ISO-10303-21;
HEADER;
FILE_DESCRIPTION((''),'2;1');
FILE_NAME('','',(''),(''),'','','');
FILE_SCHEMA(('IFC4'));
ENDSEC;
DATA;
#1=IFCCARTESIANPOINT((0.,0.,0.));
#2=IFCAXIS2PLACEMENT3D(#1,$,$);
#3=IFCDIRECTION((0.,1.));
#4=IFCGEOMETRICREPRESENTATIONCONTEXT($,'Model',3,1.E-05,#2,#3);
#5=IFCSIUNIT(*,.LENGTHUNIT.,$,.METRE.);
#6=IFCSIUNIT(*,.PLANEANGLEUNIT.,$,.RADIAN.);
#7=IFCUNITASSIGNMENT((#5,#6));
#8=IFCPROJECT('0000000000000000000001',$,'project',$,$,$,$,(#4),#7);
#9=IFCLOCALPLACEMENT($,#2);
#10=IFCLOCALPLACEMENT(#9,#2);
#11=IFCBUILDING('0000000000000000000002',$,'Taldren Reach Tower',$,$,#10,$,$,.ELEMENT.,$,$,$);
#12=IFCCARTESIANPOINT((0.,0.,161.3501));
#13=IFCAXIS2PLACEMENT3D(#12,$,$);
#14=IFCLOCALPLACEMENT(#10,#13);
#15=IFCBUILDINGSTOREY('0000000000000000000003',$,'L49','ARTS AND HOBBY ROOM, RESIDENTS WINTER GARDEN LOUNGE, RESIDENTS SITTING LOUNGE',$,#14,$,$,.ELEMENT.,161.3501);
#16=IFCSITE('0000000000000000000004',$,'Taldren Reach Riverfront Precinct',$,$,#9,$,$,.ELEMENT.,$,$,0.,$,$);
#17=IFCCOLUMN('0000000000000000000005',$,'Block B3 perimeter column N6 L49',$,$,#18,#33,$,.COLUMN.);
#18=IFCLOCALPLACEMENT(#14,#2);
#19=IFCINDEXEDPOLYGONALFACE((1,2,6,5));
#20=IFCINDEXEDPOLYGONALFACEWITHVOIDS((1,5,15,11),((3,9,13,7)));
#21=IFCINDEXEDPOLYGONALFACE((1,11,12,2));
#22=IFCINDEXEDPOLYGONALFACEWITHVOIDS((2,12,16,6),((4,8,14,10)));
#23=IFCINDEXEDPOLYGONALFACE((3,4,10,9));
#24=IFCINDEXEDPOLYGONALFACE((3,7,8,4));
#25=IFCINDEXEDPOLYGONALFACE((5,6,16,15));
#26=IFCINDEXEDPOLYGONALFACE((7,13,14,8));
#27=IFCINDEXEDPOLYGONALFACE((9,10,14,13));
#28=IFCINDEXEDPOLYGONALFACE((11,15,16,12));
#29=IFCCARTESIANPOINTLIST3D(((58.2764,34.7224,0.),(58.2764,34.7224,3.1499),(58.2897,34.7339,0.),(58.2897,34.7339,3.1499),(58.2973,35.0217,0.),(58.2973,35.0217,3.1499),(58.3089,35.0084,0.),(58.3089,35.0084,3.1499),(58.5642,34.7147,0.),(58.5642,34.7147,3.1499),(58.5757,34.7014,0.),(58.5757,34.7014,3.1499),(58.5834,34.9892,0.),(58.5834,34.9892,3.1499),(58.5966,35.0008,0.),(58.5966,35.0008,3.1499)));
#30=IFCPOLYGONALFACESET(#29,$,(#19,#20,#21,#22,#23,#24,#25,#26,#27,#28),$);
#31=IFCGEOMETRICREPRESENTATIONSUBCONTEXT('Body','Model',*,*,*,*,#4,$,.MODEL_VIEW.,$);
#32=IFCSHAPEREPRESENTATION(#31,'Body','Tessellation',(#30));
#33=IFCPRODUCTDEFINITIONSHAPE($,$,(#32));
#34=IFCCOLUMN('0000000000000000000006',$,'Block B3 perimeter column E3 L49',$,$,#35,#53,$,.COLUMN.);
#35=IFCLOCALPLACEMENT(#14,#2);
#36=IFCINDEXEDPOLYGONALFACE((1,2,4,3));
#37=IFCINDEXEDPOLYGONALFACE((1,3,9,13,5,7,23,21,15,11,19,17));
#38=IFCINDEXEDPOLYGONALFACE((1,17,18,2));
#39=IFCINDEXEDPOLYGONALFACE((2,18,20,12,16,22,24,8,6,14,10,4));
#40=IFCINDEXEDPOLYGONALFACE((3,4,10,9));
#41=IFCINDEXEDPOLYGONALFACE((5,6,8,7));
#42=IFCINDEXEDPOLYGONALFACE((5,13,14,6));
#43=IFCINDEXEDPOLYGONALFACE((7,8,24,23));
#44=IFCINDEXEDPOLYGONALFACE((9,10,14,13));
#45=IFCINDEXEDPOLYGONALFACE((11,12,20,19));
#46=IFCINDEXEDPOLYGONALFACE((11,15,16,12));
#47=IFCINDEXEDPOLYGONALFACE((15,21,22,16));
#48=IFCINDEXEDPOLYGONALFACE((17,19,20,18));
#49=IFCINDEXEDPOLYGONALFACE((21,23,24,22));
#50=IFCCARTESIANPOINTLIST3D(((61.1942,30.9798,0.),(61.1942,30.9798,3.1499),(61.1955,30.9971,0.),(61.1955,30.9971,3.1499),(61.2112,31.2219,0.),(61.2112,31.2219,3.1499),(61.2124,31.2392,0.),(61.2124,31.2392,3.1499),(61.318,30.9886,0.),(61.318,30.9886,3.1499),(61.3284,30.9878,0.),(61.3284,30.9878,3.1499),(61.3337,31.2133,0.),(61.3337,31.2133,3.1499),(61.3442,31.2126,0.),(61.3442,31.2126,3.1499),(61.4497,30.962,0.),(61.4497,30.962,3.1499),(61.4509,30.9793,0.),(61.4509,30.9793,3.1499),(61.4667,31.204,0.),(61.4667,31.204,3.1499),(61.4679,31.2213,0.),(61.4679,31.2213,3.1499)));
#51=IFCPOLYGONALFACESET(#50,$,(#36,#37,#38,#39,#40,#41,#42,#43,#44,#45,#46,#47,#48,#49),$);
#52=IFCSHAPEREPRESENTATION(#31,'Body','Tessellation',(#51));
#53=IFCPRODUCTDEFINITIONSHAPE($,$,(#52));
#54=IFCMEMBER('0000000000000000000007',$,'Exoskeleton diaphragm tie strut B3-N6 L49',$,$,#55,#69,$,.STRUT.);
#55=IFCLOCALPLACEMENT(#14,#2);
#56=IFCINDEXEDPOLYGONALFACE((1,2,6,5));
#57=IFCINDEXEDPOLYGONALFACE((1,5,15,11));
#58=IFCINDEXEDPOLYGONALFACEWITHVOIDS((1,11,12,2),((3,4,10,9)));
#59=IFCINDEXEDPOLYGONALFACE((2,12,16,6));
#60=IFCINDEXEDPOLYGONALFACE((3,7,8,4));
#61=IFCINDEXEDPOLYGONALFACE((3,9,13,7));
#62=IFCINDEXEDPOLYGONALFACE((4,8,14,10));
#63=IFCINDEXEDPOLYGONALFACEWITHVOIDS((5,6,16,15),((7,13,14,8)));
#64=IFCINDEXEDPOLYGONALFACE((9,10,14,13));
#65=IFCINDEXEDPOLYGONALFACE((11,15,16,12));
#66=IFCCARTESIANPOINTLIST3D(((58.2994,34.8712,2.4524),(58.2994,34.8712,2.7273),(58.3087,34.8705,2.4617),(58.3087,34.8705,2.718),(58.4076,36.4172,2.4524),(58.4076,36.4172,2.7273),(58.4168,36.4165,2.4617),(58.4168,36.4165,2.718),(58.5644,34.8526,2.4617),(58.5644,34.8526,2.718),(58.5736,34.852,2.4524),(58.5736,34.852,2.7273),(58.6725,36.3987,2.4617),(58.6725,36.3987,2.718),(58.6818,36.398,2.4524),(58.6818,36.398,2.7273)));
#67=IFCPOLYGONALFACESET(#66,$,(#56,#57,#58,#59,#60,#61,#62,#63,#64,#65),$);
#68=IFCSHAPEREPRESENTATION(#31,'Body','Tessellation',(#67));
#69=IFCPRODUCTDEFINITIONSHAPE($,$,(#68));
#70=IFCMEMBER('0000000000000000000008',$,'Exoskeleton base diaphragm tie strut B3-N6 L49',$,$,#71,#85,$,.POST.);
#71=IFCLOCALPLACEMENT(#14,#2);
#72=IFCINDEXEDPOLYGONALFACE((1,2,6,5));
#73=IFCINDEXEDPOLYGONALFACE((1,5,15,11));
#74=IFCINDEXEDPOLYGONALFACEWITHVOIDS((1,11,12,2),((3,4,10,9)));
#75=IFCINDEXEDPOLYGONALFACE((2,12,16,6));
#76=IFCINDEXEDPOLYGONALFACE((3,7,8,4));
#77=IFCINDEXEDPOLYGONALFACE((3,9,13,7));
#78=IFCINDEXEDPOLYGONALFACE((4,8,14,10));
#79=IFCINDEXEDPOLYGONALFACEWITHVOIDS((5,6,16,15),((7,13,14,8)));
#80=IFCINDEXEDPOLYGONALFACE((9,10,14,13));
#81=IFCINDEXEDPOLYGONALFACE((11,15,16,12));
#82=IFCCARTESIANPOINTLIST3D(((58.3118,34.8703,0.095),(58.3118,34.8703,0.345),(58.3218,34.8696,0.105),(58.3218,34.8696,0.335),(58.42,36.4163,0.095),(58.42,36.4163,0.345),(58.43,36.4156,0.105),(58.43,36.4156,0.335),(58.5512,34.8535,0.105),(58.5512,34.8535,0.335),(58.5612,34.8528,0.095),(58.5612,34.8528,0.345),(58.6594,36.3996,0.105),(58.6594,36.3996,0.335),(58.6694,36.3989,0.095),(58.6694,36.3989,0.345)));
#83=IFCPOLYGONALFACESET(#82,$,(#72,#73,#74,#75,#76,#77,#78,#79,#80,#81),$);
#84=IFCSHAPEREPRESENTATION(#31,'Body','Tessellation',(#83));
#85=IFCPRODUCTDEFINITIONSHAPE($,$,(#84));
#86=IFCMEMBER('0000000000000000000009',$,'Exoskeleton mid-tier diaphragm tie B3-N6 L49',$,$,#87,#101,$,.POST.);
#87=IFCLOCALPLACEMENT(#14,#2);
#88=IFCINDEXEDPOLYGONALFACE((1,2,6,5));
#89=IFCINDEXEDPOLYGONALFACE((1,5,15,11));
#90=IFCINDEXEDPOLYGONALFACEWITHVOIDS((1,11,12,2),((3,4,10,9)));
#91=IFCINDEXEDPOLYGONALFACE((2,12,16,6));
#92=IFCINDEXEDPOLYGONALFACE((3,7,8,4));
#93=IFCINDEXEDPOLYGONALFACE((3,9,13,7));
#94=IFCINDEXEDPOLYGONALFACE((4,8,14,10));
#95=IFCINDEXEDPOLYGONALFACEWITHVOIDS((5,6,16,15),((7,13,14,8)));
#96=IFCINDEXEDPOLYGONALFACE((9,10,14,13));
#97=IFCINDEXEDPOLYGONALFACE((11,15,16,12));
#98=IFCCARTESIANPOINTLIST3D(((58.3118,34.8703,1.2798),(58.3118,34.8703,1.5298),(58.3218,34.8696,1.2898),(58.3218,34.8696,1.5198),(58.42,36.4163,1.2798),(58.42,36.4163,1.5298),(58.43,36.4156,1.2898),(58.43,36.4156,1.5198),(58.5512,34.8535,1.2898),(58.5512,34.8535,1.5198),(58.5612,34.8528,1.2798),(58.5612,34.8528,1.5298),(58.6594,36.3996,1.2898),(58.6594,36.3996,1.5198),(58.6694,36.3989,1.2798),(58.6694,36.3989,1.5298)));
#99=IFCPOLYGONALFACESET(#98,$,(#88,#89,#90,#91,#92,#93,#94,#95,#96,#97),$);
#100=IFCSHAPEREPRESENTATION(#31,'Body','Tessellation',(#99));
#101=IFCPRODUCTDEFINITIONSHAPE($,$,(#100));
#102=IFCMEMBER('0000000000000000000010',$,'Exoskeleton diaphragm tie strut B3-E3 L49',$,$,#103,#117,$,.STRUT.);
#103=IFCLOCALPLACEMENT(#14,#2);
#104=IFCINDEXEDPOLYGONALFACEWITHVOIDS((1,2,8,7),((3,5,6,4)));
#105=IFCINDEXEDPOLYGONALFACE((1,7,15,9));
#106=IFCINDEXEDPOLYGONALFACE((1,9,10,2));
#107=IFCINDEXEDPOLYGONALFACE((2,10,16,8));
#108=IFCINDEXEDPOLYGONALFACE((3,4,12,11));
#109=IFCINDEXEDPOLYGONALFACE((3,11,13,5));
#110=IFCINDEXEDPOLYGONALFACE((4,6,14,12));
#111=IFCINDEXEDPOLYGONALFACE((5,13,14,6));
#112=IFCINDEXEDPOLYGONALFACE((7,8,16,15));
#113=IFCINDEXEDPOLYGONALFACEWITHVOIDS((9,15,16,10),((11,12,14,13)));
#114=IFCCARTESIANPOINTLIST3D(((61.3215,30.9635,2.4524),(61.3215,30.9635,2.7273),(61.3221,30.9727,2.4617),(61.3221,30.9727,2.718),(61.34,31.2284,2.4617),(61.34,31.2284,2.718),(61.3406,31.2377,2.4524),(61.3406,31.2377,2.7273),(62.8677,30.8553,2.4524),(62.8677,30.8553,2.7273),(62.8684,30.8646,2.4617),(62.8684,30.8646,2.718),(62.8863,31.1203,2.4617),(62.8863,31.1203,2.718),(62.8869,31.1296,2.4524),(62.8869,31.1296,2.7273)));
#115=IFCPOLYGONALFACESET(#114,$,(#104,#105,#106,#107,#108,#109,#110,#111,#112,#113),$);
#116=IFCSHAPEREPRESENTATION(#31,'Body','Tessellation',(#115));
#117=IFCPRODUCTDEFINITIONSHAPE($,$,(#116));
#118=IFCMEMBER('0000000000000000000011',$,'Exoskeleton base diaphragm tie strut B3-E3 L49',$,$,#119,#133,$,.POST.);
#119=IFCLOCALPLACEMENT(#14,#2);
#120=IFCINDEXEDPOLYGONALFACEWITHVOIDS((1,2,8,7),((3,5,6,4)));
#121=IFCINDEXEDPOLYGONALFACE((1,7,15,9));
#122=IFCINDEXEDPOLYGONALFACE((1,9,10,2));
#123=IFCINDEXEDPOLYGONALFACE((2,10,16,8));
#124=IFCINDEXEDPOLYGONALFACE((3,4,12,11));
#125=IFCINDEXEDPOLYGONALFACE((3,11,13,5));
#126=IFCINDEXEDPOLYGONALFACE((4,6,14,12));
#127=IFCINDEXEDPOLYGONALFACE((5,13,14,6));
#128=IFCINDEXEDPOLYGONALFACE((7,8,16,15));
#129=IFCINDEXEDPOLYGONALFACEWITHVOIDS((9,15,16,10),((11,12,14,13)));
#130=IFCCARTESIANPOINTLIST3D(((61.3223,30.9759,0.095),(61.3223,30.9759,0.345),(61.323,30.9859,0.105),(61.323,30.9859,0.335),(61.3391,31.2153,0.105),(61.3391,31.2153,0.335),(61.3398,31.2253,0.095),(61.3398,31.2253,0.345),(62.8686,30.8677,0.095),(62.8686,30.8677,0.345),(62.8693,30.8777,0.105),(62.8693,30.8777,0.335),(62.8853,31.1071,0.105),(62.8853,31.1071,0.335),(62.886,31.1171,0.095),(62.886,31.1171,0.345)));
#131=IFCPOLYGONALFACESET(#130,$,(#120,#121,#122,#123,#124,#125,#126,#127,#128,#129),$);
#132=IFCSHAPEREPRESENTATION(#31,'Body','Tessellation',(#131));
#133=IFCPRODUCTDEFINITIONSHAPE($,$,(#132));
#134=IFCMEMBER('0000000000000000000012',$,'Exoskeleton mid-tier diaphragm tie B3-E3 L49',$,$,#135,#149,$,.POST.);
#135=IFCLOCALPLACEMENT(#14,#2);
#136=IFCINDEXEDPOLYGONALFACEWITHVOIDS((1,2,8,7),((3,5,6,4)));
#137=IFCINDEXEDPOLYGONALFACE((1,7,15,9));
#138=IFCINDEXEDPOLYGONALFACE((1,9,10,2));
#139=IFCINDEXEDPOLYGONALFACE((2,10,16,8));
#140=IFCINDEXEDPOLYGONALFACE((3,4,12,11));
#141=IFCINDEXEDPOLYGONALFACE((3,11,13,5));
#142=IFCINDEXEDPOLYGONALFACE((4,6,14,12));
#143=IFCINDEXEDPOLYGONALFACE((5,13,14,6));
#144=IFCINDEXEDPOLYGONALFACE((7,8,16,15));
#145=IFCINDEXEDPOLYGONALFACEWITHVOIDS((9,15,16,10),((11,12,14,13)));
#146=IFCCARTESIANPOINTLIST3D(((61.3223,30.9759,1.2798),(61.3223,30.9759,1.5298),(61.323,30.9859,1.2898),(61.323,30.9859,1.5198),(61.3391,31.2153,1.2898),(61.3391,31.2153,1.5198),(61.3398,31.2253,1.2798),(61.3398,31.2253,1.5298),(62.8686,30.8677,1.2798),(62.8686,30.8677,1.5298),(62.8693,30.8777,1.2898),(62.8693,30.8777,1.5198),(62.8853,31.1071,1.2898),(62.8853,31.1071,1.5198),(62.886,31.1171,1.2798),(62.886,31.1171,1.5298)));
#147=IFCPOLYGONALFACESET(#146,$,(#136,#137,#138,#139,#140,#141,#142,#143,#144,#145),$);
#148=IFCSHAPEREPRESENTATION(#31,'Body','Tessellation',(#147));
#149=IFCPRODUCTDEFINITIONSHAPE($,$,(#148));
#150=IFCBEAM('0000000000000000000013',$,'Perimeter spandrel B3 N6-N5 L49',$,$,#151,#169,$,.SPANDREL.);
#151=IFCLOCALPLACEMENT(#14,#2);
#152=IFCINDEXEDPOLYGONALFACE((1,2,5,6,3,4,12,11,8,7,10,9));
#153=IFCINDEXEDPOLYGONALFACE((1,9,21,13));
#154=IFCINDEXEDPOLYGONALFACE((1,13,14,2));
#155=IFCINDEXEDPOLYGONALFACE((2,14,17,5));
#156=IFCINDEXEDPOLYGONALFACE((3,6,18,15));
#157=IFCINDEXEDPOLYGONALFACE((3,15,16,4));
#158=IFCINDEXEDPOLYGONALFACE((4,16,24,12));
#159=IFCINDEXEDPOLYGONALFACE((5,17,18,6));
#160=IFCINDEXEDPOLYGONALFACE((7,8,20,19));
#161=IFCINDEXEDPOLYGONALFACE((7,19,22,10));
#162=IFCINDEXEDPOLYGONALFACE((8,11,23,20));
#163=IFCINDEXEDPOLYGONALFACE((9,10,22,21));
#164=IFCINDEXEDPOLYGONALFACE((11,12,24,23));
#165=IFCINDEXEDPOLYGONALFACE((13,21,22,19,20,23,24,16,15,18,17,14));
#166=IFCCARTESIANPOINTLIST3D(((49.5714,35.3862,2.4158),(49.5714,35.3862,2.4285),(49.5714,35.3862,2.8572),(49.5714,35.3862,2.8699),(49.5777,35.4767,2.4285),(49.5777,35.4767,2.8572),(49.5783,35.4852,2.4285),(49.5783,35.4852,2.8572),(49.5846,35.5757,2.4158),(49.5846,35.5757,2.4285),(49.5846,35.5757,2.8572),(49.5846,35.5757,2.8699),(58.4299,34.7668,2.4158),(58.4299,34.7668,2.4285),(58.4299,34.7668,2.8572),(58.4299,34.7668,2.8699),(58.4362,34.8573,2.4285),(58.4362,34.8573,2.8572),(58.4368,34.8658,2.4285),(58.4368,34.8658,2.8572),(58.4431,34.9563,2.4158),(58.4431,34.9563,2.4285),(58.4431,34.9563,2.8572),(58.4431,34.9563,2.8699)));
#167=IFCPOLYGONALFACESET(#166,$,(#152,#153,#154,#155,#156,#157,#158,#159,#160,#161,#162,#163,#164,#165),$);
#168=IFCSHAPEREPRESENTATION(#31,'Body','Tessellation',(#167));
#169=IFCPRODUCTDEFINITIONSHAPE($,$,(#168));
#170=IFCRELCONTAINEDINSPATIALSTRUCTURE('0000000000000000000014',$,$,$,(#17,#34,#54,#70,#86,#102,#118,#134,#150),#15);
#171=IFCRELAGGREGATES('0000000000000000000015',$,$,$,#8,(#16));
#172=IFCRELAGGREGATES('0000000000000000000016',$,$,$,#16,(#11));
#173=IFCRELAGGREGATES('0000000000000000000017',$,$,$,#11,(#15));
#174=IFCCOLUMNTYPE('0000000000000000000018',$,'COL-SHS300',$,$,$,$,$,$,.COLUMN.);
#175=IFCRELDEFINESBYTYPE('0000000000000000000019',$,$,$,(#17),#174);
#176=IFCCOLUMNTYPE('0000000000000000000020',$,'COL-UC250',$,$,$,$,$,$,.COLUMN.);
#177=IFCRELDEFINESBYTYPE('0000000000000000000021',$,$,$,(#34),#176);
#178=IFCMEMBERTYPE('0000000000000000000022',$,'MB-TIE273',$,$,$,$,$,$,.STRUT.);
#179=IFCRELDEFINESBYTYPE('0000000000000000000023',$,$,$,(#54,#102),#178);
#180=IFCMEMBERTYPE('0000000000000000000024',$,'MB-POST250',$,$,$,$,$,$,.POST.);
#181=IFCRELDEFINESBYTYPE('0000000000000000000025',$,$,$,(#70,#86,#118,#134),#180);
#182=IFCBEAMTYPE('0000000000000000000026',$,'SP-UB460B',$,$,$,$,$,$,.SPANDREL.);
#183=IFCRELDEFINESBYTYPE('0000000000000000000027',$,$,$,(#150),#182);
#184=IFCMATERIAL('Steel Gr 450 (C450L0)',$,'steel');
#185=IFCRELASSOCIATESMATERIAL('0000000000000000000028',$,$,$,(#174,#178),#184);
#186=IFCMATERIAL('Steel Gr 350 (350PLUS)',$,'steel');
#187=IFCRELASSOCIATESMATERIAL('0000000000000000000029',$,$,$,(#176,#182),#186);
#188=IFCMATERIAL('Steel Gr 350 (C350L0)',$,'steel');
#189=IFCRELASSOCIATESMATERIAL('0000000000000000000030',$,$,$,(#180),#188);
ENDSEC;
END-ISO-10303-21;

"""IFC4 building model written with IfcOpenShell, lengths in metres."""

from ifc_helpers import new_model, si_unit, direction, frame, origin, origin_2d, place, context, subcontext, project, spatial, hollow_rectangle, i_section, extrude, source, transform, mapped, material, material_profile, profile_set, type_object, element, save


model = new_model("IFC4")

# Units and contexts
model_context = context("Model", 3, precision=1e-05, world=origin(), true_north=direction((0.0, 1.0)))
body_context = subcontext(model_context, "Body", "Model", "MODEL_VIEW")
ifc_project = project(units=[si_unit("LENGTHUNIT", "METRE"), si_unit("PLANEANGLEUNIT", "RADIAN")], contexts=[model_context])

# Site, building, storey
site_placement = place(None, origin())
site = spatial("IfcSite", under=ifc_project, at=site_placement, Name="Taldren Reach Riverfront Precinct", CompositionType="ELEMENT", RefElevation=0.0)
building_placement = place(site_placement, origin())
building = spatial("IfcBuilding", under=site, at=building_placement, Name="Taldren Reach Tower", CompositionType="ELEMENT")
storey_placement = place(building_placement, frame((0.0, 0.0, 161.3501)))
storey = spatial("IfcBuildingStorey", under=building, at=storey_placement, Name="L49", Description="ARTS AND HOBBY ROOM, RESIDENTS WINTER GARDEN LOUNGE, RESIDENTS SITTING LOUNGE", CompositionType="ELEMENT", Elevation=161.3501)

# Columns
ifc_material_1 = material(Name="Steel Gr 450 (C450L0)", Category="steel")
ifc_material_profile_1 = material_profile(ifc_material_1, hollow_rectangle(XDim=0.3, YDim=0.3, WallThickness=0.0125, at=origin_2d()), Name="300x300x12.5SHS")
ifc_profile_set_1 = profile_set([ifc_material_profile_1], Name="Steel Gr 450 (C450L0)")
column_type_1 = type_object("IfcColumnType", Name="COL-SHS300", PredefinedType="COLUMN", material=ifc_profile_set_1)
shared_shape_1 = source(origin(), body_context, "Body", "SweptSolid", [
    extrude(hollow_rectangle(XDim=0.3, YDim=0.3, WallThickness=0.0125, at=origin_2d()), origin(), (0.0, 0.0, 1.0), 3.1499),
])
column_1_placement = place(storey_placement, frame((58.4365, 34.8616, 0.0), z_axis=(0.0, 0.0, 1.0), x_axis=(0.997564, -0.069756, 0.0)))
element("IfcColumn", 1, at=column_1_placement, inside=storey, type_object=column_type_1, Name="Block B3 perimeter column N6 L49", PredefinedType="COLUMN", context=body_context, shape_type="MappedRepresentation", body=[
    mapped(shared_shape_1, transform((0.0, 0.0, 0.0), scale=1.0)),
])
ifc_material_2 = material(Name="Steel Gr 350 (350PLUS)", Category="steel")
ifc_material_profile_2 = material_profile(ifc_material_2, i_section(OverallWidth=0.2561, OverallDepth=0.26, WebThickness=0.0105, FlangeThickness=0.0173, at=origin_2d()), Name="250UC89.5")
ifc_profile_set_2 = profile_set([ifc_material_profile_2], Name="Steel Gr 350 (350PLUS)")
column_type_2 = type_object("IfcColumnType", Name="COL-UC250", PredefinedType="COLUMN", material=ifc_profile_set_2)
shared_shape_2 = source(origin(), body_context, "Body", "SweptSolid", [
    extrude(i_section(OverallWidth=0.2561, OverallDepth=0.26, WebThickness=0.0105, FlangeThickness=0.0173, at=origin_2d()), origin(), (0.0, 0.0, 1.0), 3.1499),
])
column_2_placement = place(storey_placement, frame((61.3311, 31.1006, 0.0), z_axis=(0.0, 0.0, 1.0), x_axis=(0.997564, -0.069756, 0.0)))
element("IfcColumn", 2, at=column_2_placement, inside=storey, type_object=column_type_2, Name="Block B3 perimeter column E3 L49", PredefinedType="COLUMN", context=body_context, shape_type="MappedRepresentation", body=[
    mapped(shared_shape_2, transform((0.0, 0.0, 0.0), scale=1.0)),
])

# Members
ifc_material_profile_3 = material_profile(ifc_material_1, hollow_rectangle(XDim=0.2749, YDim=0.2749, WallThickness=0.0093, at=origin_2d()), Name="275x275x9.3SHS")
ifc_profile_set_3 = profile_set([ifc_material_profile_3], Name="Steel Gr 450 (C450L0)")
member_type_1 = type_object("IfcMemberType", Name="MB-TIE273", PredefinedType="STRUT", material=ifc_profile_set_3)
shared_shape_3 = source(origin(), body_context, "Body", "SweptSolid", [
    extrude(hollow_rectangle(XDim=0.2749, YDim=0.2749, WallThickness=0.0093, at=origin_2d()), origin(), (0.0, 0.0, 1.0), 1.5498),
])
member_1_placement = place(storey_placement, frame((58.4365, 34.8616, 2.5898), z_axis=(0.069781, 0.997562, 0.0), x_axis=(-0.997562, 0.069781, 0.0)))
element("IfcMember", 3, at=member_1_placement, inside=storey, type_object=member_type_1, Name="Exoskeleton diaphragm tie strut B3-N6 L49", PredefinedType="STRUT", context=body_context, shape_type="MappedRepresentation", body=[
    mapped(shared_shape_3, transform((0.0, 0.0, 0.0), scale=1.0)),
])
ifc_material_3 = material(Name="Steel Gr 350 (C350L0)", Category="steel")
ifc_material_profile_4 = material_profile(ifc_material_3, hollow_rectangle(XDim=0.25, YDim=0.25, WallThickness=0.01, at=origin_2d()), Name="250x250x10.0SHS")
ifc_profile_set_4 = profile_set([ifc_material_profile_4], Name="Steel Gr 350 (C350L0)")
member_type_2 = type_object("IfcMemberType", Name="MB-POST250", PredefinedType="POST", material=ifc_profile_set_4)
shared_shape_4 = source(origin(), body_context, "Body", "SweptSolid", [
    extrude(hollow_rectangle(XDim=0.25, YDim=0.25, WallThickness=0.01, at=origin_2d()), origin(), (0.0, 0.0, 1.0), 1.5498),
])
for number, where, z_axis, x_axis, name in (
    (4, (58.4365, 34.8616, 0.22), (0.069781, 0.997562, 0.0), (-0.997562, 0.069781, 0.0), "Exoskeleton base diaphragm tie strut B3-N6 L49"),
    (5, (58.4365, 34.8616, 1.4048), (0.069781, 0.997562, 0.0), (-0.997562, 0.069781, 0.0), "Exoskeleton mid-tier diaphragm tie B3-N6 L49"),
):
    element("IfcMember", number, at=place(storey_placement, frame(where, z_axis=z_axis, x_axis=x_axis)), inside=storey, type_object=member_type_2, Name=name, PredefinedType="POST", context=body_context, shape_type="MappedRepresentation", body=[
        mapped(shared_shape_4, transform((0.0, 0.0, 0.0), scale=1.0)),
    ])
shared_shape_5 = source(origin(), body_context, "Body", "SweptSolid", [
    extrude(hollow_rectangle(XDim=0.2749, YDim=0.2749, WallThickness=0.0093, at=origin_2d()), origin(), (0.0, 0.0, 1.0), 1.55),
])
member_2_placement = place(storey_placement, frame((61.3311, 31.1006, 2.5898), z_axis=(0.997563, -0.06977, 0.0), x_axis=(0.06977, 0.997563, 0.0)))
element("IfcMember", 6, at=member_2_placement, inside=storey, type_object=member_type_1, Name="Exoskeleton diaphragm tie strut B3-E3 L49", PredefinedType="STRUT", context=body_context, shape_type="MappedRepresentation", body=[
    mapped(shared_shape_5, transform((0.0, 0.0, 0.0), scale=1.0)),
])
shared_shape_6 = source(origin(), body_context, "Body", "SweptSolid", [
    extrude(hollow_rectangle(XDim=0.25, YDim=0.25, WallThickness=0.01, at=origin_2d()), origin(), (0.0, 0.0, 1.0), 1.55),
])
for number, where, z_axis, x_axis, name in (
    (7, (61.3311, 31.1006, 0.22), (0.997563, -0.06977, 0.0), (0.06977, 0.997563, 0.0), "Exoskeleton base diaphragm tie strut B3-E3 L49"),
    (8, (61.3311, 31.1006, 1.4048), (0.997563, -0.06977, 0.0), (0.06977, 0.997563, 0.0), "Exoskeleton mid-tier diaphragm tie B3-E3 L49"),
):
    element("IfcMember", number, at=place(storey_placement, frame(where, z_axis=z_axis, x_axis=x_axis)), inside=storey, type_object=member_type_2, Name=name, PredefinedType="POST", context=body_context, shape_type="MappedRepresentation", body=[
        mapped(shared_shape_6, transform((0.0, 0.0, 0.0), scale=1.0)),
    ])

# Beam
ifc_material_profile_5 = material_profile(ifc_material_2, i_section(OverallWidth=0.1899, OverallDepth=0.4541, WebThickness=0.0085, FlangeThickness=0.0127, at=origin_2d()), Name="460UB67.1")
ifc_profile_set_5 = profile_set([ifc_material_profile_5], Name="Steel Gr 350 (350PLUS)")
beam_type = type_object("IfcBeamType", Name="SP-UB460B", PredefinedType="SPANDREL", material=ifc_profile_set_5)
shared_shape_7 = source(origin(), body_context, "Body", "SweptSolid", [
    extrude(i_section(OverallWidth=0.1899, OverallDepth=0.4541, WebThickness=0.0085, FlangeThickness=0.0127, at=origin_2d()), origin(), (0.0, 0.0, 1.0), 8.8801),
])
beam_1_placement = place(storey_placement, frame((58.4365, 34.8616, 2.6428), z_axis=(-0.997564, 0.06975, 0.0), x_axis=(-0.06975, -0.997564, 0.0)))
element("IfcBeam", 9, at=beam_1_placement, inside=storey, type_object=beam_type, Name="Perimeter spandrel B3 N6-N5 L49", PredefinedType="SPANDREL", context=body_context, shape_type="MappedRepresentation", body=[
    mapped(shared_shape_7, transform((0.0, 0.0, 0.0), scale=1.0)),
])

save(model, "model.ifc")
